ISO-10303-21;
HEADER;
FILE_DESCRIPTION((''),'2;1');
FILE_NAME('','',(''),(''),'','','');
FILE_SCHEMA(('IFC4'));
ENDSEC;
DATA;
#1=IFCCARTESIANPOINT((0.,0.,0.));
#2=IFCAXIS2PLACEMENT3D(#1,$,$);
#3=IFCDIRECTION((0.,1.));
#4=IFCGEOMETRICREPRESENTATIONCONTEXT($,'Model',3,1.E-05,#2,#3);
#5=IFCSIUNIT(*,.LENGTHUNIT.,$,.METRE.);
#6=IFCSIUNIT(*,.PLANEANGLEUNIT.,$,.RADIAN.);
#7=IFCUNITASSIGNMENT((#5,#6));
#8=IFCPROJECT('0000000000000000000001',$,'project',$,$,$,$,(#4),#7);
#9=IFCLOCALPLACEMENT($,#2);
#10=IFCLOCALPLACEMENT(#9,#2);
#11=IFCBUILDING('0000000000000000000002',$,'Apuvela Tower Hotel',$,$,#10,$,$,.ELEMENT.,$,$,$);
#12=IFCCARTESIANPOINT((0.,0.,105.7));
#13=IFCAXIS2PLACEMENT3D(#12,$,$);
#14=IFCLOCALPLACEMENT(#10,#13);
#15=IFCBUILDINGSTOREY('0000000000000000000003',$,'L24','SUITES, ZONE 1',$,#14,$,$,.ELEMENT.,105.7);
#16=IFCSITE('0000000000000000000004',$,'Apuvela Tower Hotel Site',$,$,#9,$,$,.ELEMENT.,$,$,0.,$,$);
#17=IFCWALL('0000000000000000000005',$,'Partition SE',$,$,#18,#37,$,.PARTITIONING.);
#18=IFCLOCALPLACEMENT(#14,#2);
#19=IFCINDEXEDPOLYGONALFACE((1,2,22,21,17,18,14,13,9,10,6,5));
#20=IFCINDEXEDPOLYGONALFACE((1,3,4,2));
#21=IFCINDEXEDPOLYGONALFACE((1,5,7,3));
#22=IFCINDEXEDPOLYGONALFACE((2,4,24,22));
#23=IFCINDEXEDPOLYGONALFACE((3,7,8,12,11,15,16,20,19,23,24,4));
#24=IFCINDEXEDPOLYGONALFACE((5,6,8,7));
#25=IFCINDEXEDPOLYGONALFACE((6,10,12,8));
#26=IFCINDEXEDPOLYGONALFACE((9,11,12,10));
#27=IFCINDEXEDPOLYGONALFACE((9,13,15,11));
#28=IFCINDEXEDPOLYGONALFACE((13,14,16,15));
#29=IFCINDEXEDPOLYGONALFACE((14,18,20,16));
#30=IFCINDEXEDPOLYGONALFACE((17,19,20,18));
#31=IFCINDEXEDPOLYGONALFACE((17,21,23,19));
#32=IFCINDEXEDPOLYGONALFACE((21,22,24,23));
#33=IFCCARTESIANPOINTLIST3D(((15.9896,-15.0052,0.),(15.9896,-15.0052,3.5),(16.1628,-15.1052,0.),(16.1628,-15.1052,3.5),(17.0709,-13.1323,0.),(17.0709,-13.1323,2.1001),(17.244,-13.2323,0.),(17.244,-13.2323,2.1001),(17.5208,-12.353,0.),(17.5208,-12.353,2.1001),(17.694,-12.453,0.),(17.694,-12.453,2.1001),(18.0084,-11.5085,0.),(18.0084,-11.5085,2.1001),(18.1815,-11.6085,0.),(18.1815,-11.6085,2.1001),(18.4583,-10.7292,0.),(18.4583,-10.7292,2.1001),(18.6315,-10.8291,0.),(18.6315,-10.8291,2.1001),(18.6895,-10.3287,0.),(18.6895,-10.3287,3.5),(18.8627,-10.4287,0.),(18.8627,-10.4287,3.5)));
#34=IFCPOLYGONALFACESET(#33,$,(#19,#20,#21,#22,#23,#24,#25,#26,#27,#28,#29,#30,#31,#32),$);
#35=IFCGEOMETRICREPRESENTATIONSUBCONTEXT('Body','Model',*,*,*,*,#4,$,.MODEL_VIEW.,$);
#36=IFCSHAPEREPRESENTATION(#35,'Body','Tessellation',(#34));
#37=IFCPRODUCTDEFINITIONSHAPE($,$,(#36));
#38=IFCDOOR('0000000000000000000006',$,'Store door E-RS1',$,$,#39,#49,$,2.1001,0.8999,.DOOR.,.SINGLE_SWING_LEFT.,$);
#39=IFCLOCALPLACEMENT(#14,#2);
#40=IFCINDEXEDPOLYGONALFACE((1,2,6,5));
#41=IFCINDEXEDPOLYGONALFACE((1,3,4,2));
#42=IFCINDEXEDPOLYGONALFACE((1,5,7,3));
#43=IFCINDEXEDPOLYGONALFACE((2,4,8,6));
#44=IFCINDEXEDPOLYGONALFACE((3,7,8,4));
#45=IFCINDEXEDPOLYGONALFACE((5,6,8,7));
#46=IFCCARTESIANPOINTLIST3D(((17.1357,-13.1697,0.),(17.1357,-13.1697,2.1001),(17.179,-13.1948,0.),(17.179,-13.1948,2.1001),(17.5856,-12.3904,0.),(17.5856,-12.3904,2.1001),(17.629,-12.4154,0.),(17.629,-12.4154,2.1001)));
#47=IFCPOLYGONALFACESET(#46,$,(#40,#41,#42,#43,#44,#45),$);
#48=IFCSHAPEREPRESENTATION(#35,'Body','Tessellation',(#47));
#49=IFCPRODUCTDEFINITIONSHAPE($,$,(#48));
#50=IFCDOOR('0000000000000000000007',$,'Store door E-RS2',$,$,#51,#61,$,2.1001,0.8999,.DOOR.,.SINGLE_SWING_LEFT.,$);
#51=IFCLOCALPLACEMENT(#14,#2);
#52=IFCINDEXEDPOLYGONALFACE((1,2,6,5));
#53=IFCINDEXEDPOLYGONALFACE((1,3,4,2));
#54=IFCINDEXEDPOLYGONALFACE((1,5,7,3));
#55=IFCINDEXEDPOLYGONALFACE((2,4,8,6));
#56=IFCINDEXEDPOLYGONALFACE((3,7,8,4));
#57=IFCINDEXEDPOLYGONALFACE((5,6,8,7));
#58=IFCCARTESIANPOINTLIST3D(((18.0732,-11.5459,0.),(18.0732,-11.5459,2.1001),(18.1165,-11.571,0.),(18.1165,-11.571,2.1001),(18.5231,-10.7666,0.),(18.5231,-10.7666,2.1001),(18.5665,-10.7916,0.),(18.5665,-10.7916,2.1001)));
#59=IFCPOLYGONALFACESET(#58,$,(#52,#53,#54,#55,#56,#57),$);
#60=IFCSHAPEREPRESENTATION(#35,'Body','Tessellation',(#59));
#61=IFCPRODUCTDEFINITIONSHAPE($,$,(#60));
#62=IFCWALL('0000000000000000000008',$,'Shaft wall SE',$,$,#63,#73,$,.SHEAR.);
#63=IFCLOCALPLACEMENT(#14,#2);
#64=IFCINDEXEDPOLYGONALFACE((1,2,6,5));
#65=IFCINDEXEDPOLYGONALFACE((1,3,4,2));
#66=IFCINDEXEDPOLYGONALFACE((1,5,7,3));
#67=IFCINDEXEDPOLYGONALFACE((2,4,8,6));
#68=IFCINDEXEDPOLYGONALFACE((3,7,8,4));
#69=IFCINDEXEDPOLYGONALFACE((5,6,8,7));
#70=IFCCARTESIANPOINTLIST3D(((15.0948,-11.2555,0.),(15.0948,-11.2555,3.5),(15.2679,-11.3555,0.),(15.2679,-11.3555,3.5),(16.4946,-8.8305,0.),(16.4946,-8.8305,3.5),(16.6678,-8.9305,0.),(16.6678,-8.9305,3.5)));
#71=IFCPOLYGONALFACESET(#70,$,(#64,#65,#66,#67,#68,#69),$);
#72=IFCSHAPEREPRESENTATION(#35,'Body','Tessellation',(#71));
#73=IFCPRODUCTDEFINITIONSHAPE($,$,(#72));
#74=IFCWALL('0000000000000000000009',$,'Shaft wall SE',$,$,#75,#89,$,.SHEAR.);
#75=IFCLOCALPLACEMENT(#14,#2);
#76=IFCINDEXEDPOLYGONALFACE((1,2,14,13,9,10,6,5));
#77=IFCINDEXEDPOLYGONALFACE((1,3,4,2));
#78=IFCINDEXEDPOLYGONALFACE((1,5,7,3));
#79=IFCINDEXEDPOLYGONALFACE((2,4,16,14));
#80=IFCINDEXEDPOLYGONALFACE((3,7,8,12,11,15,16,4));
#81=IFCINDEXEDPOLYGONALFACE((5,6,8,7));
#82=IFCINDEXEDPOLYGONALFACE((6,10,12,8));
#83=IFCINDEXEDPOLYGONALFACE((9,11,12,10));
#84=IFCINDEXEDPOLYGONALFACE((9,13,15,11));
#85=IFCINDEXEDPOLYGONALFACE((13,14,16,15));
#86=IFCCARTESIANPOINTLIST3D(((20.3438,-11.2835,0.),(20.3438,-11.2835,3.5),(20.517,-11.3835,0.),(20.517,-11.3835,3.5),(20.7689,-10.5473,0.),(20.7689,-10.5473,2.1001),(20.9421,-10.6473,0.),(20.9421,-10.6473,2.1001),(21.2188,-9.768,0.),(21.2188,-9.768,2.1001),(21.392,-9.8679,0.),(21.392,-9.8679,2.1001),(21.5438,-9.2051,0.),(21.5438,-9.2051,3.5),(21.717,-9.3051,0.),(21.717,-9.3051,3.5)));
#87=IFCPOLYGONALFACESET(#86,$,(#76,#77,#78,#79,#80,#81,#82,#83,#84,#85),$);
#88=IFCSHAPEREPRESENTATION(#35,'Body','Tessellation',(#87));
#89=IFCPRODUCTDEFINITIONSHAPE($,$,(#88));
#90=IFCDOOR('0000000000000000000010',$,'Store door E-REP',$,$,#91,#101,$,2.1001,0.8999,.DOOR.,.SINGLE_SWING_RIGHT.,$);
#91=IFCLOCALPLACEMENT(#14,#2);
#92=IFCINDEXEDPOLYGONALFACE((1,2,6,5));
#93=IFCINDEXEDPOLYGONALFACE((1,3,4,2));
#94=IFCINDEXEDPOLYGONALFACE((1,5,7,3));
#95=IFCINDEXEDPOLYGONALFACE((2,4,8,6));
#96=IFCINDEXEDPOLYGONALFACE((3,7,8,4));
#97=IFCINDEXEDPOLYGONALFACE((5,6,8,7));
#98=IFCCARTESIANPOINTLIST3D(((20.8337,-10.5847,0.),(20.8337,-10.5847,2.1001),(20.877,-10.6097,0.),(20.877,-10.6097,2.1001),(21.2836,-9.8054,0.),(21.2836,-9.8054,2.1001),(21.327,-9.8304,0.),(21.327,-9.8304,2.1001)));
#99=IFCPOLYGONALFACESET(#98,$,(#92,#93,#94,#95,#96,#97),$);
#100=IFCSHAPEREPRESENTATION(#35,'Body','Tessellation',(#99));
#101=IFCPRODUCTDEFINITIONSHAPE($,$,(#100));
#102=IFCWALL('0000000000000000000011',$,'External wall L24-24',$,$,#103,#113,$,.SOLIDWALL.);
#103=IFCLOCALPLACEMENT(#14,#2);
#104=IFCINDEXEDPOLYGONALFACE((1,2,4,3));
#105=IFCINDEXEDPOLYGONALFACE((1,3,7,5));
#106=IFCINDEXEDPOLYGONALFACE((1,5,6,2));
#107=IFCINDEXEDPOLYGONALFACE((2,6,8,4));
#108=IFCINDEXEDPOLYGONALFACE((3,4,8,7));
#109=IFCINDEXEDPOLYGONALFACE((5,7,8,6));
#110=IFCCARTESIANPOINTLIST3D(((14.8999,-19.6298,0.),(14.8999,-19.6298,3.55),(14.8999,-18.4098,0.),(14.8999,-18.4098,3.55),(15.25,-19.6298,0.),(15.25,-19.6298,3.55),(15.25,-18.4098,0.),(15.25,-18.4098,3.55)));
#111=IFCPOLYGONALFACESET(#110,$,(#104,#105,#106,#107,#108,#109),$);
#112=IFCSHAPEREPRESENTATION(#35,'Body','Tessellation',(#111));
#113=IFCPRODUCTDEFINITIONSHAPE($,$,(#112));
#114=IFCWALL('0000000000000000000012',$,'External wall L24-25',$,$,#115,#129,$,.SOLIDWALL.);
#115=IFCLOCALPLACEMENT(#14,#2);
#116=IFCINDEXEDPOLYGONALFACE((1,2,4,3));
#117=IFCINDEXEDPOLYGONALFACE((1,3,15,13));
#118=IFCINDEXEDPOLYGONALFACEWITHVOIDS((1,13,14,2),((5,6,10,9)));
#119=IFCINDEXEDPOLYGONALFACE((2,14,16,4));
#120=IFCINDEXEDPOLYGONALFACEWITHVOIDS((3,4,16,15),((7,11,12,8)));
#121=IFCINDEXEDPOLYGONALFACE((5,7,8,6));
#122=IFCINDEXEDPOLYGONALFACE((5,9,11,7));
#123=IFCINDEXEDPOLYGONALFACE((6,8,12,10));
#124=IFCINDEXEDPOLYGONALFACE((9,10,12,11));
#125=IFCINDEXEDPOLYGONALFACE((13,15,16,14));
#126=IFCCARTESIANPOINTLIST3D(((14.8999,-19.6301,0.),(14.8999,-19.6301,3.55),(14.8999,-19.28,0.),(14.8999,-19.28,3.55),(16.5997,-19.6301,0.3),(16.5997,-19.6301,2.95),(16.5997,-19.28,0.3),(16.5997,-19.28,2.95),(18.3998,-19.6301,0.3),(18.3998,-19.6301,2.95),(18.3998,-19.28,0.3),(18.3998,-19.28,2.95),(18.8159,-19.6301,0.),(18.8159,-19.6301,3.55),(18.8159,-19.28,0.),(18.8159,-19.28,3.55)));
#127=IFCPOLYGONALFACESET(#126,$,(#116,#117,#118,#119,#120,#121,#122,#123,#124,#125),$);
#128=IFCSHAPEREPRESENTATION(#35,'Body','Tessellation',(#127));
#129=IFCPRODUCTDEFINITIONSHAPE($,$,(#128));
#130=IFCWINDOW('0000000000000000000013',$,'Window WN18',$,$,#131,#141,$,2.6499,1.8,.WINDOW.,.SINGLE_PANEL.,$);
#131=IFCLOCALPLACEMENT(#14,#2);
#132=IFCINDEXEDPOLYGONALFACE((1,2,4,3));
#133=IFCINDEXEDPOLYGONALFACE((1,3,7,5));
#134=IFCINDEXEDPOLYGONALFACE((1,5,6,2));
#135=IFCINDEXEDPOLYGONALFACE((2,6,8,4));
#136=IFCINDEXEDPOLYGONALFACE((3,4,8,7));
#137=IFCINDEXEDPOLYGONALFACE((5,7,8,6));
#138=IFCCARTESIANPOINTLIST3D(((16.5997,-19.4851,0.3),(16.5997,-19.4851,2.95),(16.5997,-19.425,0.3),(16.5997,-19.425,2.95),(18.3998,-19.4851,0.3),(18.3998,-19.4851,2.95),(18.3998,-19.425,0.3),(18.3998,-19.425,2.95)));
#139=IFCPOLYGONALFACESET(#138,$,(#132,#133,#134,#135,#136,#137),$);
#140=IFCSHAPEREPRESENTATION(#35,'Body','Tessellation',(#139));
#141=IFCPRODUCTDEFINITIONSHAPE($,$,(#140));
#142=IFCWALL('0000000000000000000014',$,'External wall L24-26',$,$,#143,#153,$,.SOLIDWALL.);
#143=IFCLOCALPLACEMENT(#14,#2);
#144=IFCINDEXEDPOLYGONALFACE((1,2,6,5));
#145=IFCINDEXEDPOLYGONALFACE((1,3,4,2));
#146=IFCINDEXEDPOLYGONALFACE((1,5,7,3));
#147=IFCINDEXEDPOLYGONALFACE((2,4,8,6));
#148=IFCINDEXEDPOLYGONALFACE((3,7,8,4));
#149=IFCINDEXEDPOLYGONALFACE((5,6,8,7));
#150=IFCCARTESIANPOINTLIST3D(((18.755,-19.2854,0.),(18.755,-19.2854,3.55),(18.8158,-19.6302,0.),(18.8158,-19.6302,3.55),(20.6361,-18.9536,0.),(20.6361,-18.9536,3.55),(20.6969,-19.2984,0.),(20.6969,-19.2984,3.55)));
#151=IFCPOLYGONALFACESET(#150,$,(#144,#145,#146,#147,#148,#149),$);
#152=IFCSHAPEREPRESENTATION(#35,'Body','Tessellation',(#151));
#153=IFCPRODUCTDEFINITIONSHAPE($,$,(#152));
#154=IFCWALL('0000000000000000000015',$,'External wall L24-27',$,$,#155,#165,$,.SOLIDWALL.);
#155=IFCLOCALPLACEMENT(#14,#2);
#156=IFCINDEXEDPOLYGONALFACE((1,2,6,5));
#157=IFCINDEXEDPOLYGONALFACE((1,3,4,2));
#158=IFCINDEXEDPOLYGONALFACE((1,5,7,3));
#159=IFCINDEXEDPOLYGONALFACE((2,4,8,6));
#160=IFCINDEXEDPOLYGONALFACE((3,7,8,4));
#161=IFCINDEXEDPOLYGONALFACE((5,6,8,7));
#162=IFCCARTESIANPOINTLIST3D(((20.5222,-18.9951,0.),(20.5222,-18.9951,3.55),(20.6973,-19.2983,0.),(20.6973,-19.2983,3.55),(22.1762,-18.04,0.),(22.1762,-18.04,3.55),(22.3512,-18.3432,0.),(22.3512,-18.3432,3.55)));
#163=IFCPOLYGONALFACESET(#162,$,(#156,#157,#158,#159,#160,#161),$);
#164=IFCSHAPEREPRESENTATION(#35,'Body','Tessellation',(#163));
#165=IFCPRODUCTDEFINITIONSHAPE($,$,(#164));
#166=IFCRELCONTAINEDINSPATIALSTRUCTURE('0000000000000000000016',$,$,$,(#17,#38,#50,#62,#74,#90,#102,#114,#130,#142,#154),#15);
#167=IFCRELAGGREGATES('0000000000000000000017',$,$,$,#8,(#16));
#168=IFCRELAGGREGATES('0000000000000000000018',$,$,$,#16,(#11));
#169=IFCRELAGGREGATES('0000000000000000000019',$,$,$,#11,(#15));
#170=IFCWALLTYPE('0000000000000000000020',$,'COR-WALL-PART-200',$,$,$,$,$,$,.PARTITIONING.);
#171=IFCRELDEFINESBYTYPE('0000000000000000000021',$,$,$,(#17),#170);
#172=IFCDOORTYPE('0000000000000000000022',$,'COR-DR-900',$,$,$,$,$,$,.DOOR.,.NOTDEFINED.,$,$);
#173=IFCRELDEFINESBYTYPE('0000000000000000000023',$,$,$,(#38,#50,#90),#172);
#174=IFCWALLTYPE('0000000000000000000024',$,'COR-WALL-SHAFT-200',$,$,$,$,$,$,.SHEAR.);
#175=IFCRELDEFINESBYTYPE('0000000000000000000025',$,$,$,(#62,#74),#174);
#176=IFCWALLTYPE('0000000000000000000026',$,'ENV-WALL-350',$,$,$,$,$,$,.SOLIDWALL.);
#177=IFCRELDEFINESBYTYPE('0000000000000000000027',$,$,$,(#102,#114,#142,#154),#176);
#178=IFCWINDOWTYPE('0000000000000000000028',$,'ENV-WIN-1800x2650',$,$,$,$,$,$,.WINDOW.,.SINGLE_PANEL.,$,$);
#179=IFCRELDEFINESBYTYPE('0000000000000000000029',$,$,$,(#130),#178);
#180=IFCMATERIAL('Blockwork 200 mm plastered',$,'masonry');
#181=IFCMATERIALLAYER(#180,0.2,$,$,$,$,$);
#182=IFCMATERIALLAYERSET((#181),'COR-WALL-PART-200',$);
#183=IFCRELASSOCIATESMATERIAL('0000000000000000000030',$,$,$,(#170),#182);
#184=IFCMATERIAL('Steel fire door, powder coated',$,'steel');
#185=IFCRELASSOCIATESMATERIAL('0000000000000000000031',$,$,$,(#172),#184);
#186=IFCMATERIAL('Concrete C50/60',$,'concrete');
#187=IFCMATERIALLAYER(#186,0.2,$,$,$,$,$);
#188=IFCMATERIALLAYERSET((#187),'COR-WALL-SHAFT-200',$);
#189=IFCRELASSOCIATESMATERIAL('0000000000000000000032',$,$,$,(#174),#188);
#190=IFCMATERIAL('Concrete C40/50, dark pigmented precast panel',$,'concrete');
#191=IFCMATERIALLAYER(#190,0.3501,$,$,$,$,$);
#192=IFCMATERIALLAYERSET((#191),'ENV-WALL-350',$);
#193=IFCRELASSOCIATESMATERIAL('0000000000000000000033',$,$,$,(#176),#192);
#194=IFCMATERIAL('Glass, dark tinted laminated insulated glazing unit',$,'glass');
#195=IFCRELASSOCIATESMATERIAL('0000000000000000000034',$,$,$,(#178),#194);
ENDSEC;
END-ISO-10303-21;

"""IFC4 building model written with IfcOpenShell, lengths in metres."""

from ifc_helpers import new_model, si_unit, direction, frame, frame_2d, origin, place, context, subcontext, project, spatial, rectangle, extrude, material, layer, layer_set, type_object, element, fill, save


model = new_model("IFC4")

# Units and contexts
model_context = context("Model", 3, precision=1e-05, world=origin(), true_north=direction((0.0, 1.0)))
body_context = subcontext(model_context, "Body", "Model", "MODEL_VIEW")
ifc_project = project(units=[si_unit("LENGTHUNIT", "METRE"), si_unit("PLANEANGLEUNIT", "RADIAN")], contexts=[model_context])

# Site, building, storey
site_placement = place(None, origin())
site = spatial("IfcSite", under=ifc_project, at=site_placement, Name="Apuvela Tower Hotel Site", CompositionType="ELEMENT", RefElevation=0.0)
building_placement = place(site_placement, origin())
building = spatial("IfcBuilding", under=site, at=building_placement, Name="Apuvela Tower Hotel", CompositionType="ELEMENT")
storey_placement = place(building_placement, frame((0.0, 0.0, 105.7)))
storey = spatial("IfcBuildingStorey", under=building, at=storey_placement, Name="L24", Description="SUITES, ZONE 1", CompositionType="ELEMENT", Elevation=105.7)

# Wall, openings, doors
ifc_material_1 = material(Name="Blockwork 200 mm plastered", Category="masonry")
ifc_layer_1 = layer(ifc_material_1, 0.2)
ifc_layer_set_1 = layer_set([ifc_layer_1], Name="COR-WALL-PART-200")
wall_type_1 = type_object("IfcWallType", Name="COR-WALL-PART-200", PredefinedType="PARTITIONING", material=ifc_layer_set_1)
wall_1_placement = place(storey_placement, frame((16.0762, -15.0552, 0.0), z_axis=(0.0, 0.0, 1.0), x_axis=(0.499995, 0.866028, 0.0)))
wall_1 = element("IfcWall", 1, at=wall_1_placement, inside=storey, type_object=wall_type_1, Name="Partition SE", PredefinedType="PARTITIONING", context=body_context, shape_type="SweptSolid", body=[
    extrude(rectangle(XDim=5.3999, YDim=0.2, at=frame_2d((2.7, 0.0))), origin(), (0.0, 0.0, 1.0), 3.5),
])
opening_1_placement = place(wall_1_placement, frame((2.1626, 0.0, 0.0)))
opening_1 = element("IfcOpeningElement", 2, at=opening_1_placement, cuts=wall_1, PredefinedType="OPENING", context=body_context, shape_type="SweptSolid", body=[
    extrude(rectangle(XDim=0.8999, YDim=2.1001, at=frame_2d((0.45, 1.05))), frame((0.0, 0.1099, 0.0), z_axis=(0.0, -1.0, 0.0), x_axis=(1.0, 0.0, 0.0)), (0.0, 0.0, 1.0), 0.22),
])
opening_2_placement = place(wall_1_placement, frame((4.0376, 0.0, 0.0)))
opening_2 = element("IfcOpeningElement", 3, at=opening_2_placement, cuts=wall_1, PredefinedType="OPENING", context=body_context, shape_type="SweptSolid", body=[
    extrude(rectangle(XDim=0.8999, YDim=2.1001, at=frame_2d((0.45, 1.05))), frame((0.0, 0.1099, 0.0), z_axis=(0.0, -1.0, 0.0), x_axis=(1.0, 0.0, 0.0)), (0.0, 0.0, 1.0), 0.22),
])
ifc_material_2 = material(Name="Steel fire door, powder coated", Category="steel")
door_type_1 = type_object("IfcDoorType", Name="COR-DR-900", OperationType="NOTDEFINED", PredefinedType="DOOR", material=ifc_material_2)
door_1_placement = place(opening_1_placement, frame((0.8999, 0.0, 0.0), z_axis=(0.0, 0.0, 1.0), x_axis=(-1.0, 0.0, 0.0)))
door_1 = element("IfcDoor", 4, at=door_1_placement, inside=storey, type_object=door_type_1, Name="Store door E-RS1", OperationType="SINGLE_SWING_LEFT", OverallHeight=2.1001, OverallWidth=0.8999, PredefinedType="DOOR", context=body_context, shape_type="SweptSolid", body=[
    extrude(rectangle(XDim=0.8999, YDim=2.1001, at=frame_2d((0.45, 1.05))), frame((0.0, 0.0249, 0.0), z_axis=(0.0, -1.0, 0.0), x_axis=(1.0, 0.0, 0.0)), (0.0, 0.0, 1.0), 0.05),
])
fill(opening_1, door_1)
door_2_placement = place(opening_2_placement, frame((0.8999, 0.0, 0.0), z_axis=(0.0, 0.0, 1.0), x_axis=(-1.0, 0.0, 0.0)))
door_2 = element("IfcDoor", 5, at=door_2_placement, inside=storey, type_object=door_type_1, Name="Store door E-RS2", OperationType="SINGLE_SWING_LEFT", OverallHeight=2.1001, OverallWidth=0.8999, PredefinedType="DOOR", context=body_context, shape_type="SweptSolid", body=[
    extrude(rectangle(XDim=0.8999, YDim=2.1001, at=frame_2d((0.45, 1.05))), frame((0.0, 0.0249, 0.0), z_axis=(0.0, -1.0, 0.0), x_axis=(1.0, 0.0, 0.0)), (0.0, 0.0, 1.0), 0.05),
])
fill(opening_2, door_2)

# Wall
ifc_material_3 = material(Name="Concrete C50/60", Category="concrete")
ifc_layer_2 = layer(ifc_material_3, 0.2)
ifc_layer_set_2 = layer_set([ifc_layer_2], Name="COR-WALL-SHAFT-200")
wall_type_2 = type_object("IfcWallType", Name="COR-WALL-SHAFT-200", PredefinedType="SHEAR", material=ifc_layer_set_2)
wall_2_placement = place(storey_placement, frame((15.1814, -11.3054, 0.0), z_axis=(0.0, 0.0, 1.0), x_axis=(0.499946, 0.866056, 0.0)))
element("IfcWall", 6, at=wall_2_placement, inside=storey, type_object=wall_type_2, Name="Shaft wall SE", PredefinedType="SHEAR", context=body_context, shape_type="SweptSolid", body=[
    extrude(rectangle(XDim=2.8, YDim=0.2, at=frame_2d((1.3999, 0.0))), origin(), (0.0, 0.0, 1.0), 3.5),
])

# Wall, opening, door
wall_3_placement = place(storey_placement, frame((20.4304, -11.3335, 0.0), z_axis=(0.0, 0.0, 1.0), x_axis=(0.500001, 0.866025, 0.0)))
wall_3 = element("IfcWall", 7, at=wall_3_placement, inside=storey, type_object=wall_type_2, Name="Shaft wall SE", PredefinedType="SHEAR", context=body_context, shape_type="SweptSolid", body=[
    extrude(rectangle(XDim=2.3999, YDim=0.2, at=frame_2d((1.2, 0.0))), origin(), (0.0, 0.0, 1.0), 3.5),
])
opening_3_placement = place(wall_3_placement, frame((0.8501, 0.0, 0.0)))
opening_3 = element("IfcOpeningElement", 8, at=opening_3_placement, cuts=wall_3, PredefinedType="OPENING", context=body_context, shape_type="SweptSolid", body=[
    extrude(rectangle(XDim=0.8999, YDim=2.1001, at=frame_2d((0.45, 1.05))), frame((0.0, 0.1099, 0.0), z_axis=(0.0, -1.0, 0.0), x_axis=(1.0, 0.0, 0.0)), (0.0, 0.0, 1.0), 0.22),
])
door_3_placement = place(opening_3_placement, frame((0.8999, 0.0, 0.0), z_axis=(0.0, 0.0, 1.0), x_axis=(-1.0, 0.0, 0.0)))
door_3 = element("IfcDoor", 9, at=door_3_placement, inside=storey, type_object=door_type_1, Name="Store door E-REP", OperationType="SINGLE_SWING_RIGHT", OverallHeight=2.1001, OverallWidth=0.8999, PredefinedType="DOOR", context=body_context, shape_type="SweptSolid", body=[
    extrude(rectangle(XDim=0.8999, YDim=2.1001, at=frame_2d((0.45, 1.05))), frame((0.0, 0.0249, 0.0), z_axis=(0.0, -1.0, 0.0), x_axis=(1.0, 0.0, 0.0)), (0.0, 0.0, 1.0), 0.05),
])
fill(opening_3, door_3)

# Wall
ifc_material_4 = material(Name="Concrete C40/50, dark pigmented precast panel", Category="concrete")
ifc_layer_3 = layer(ifc_material_4, 0.3501)
ifc_layer_set_3 = layer_set([ifc_layer_3], Name="ENV-WALL-350")
wall_type_3 = type_object("IfcWallType", Name="ENV-WALL-350", PredefinedType="SOLIDWALL", material=ifc_layer_set_3)
wall_4_placement = place(storey_placement, frame((15.075, -18.4099, 0.0), z_axis=(0.0, 0.0, 1.0), x_axis=(0.0, -1.0, 0.0)))
element("IfcWall", 10, at=wall_4_placement, inside=storey, type_object=wall_type_3, Name="External wall L24-24", PredefinedType="SOLIDWALL", context=body_context, shape_type="SweptSolid", body=[
    extrude(rectangle(XDim=1.22, YDim=0.3501, at=frame_2d((0.6099, 0.0))), origin(), (0.0, 0.0, 1.0), 3.55),
])

# Wall, opening, window
wall_5_placement = place(storey_placement, frame((14.8999, -19.4551, 0.0), z_axis=(0.0, 0.0, 1.0), x_axis=(1.0, 0.0, 0.0)))
wall_5 = element("IfcWall", 11, at=wall_5_placement, inside=storey, type_object=wall_type_3, Name="External wall L24-25", PredefinedType="SOLIDWALL", context=body_context, shape_type="SweptSolid", body=[
    extrude(rectangle(XDim=3.916, YDim=0.3501, at=frame_2d((1.958, 0.0))), origin(), (0.0, 0.0, 1.0), 3.55),
])
opening_4_placement = place(wall_5_placement, frame((1.7, 0.0, 0.3)))
opening_4 = element("IfcOpeningElement", 12, at=opening_4_placement, cuts=wall_5, PredefinedType="OPENING", context=body_context, shape_type="SweptSolid", body=[
    extrude(rectangle(XDim=1.8, YDim=2.6499, at=frame_2d((0.8999, 1.325))), frame((0.0, 0.1851, 0.0), z_axis=(0.0, -1.0, 0.0), x_axis=(1.0, 0.0, 0.0)), (0.0, 0.0, 1.0), 0.3701),
])
ifc_material_5 = material(Name="Glass, dark tinted laminated insulated glazing unit", Category="glass")
window_type = type_object("IfcWindowType", Name="ENV-WIN-1800x2650", PartitioningType="SINGLE_PANEL", PredefinedType="WINDOW", material=ifc_material_5)
window_placement = place(opening_4_placement, origin())
window = element("IfcWindow", 13, at=window_placement, inside=storey, type_object=window_type, Name="Window WN18", OverallHeight=2.6499, OverallWidth=1.8, PartitioningType="SINGLE_PANEL", PredefinedType="WINDOW", context=body_context, shape_type="SweptSolid", body=[
    extrude(rectangle(XDim=1.8, YDim=2.6499, at=frame_2d((0.8999, 1.325))), frame((0.0, 0.03, 0.0), z_axis=(0.0, -1.0, 0.0), x_axis=(1.0, 0.0, 0.0)), (0.0, 0.0, 1.0), 0.0601),
])
fill(opening_4, window)

# Walls
wall_6_placement = place(storey_placement, frame((18.7854, -19.4578, 0.0), z_axis=(0.0, 0.0, 1.0), x_axis=(0.984799, 0.173698, 0.0)))
element("IfcWall", 14, at=wall_6_placement, inside=storey, type_object=wall_type_3, Name="External wall L24-26", PredefinedType="SOLIDWALL", context=body_context, shape_type="SweptSolid", body=[
    extrude(rectangle(XDim=1.9102, YDim=0.3501, at=frame_2d((0.9551, 0.0))), origin(), (0.0, 0.0, 1.0), 3.55),
])
for number, where, z_axis, x_axis, name in (
    (15, (20.6096, -19.1467, 0.0), (0.0, 0.0, 1.0), (0.866, 0.500043, 0.0), "External wall L24-27"),
):
    element("IfcWall", number, at=place(storey_placement, frame(where, z_axis=z_axis, x_axis=x_axis)), inside=storey, type_object=wall_type_3, Name=name, PredefinedType="SOLIDWALL", context=body_context, shape_type="SweptSolid", body=[
        extrude(rectangle(XDim=1.9099, YDim=0.3501, at=frame_2d((0.9551, 0.0))), origin(), (0.0, 0.0, 1.0), 3.55),
    ])

save(model, "model.ifc")
